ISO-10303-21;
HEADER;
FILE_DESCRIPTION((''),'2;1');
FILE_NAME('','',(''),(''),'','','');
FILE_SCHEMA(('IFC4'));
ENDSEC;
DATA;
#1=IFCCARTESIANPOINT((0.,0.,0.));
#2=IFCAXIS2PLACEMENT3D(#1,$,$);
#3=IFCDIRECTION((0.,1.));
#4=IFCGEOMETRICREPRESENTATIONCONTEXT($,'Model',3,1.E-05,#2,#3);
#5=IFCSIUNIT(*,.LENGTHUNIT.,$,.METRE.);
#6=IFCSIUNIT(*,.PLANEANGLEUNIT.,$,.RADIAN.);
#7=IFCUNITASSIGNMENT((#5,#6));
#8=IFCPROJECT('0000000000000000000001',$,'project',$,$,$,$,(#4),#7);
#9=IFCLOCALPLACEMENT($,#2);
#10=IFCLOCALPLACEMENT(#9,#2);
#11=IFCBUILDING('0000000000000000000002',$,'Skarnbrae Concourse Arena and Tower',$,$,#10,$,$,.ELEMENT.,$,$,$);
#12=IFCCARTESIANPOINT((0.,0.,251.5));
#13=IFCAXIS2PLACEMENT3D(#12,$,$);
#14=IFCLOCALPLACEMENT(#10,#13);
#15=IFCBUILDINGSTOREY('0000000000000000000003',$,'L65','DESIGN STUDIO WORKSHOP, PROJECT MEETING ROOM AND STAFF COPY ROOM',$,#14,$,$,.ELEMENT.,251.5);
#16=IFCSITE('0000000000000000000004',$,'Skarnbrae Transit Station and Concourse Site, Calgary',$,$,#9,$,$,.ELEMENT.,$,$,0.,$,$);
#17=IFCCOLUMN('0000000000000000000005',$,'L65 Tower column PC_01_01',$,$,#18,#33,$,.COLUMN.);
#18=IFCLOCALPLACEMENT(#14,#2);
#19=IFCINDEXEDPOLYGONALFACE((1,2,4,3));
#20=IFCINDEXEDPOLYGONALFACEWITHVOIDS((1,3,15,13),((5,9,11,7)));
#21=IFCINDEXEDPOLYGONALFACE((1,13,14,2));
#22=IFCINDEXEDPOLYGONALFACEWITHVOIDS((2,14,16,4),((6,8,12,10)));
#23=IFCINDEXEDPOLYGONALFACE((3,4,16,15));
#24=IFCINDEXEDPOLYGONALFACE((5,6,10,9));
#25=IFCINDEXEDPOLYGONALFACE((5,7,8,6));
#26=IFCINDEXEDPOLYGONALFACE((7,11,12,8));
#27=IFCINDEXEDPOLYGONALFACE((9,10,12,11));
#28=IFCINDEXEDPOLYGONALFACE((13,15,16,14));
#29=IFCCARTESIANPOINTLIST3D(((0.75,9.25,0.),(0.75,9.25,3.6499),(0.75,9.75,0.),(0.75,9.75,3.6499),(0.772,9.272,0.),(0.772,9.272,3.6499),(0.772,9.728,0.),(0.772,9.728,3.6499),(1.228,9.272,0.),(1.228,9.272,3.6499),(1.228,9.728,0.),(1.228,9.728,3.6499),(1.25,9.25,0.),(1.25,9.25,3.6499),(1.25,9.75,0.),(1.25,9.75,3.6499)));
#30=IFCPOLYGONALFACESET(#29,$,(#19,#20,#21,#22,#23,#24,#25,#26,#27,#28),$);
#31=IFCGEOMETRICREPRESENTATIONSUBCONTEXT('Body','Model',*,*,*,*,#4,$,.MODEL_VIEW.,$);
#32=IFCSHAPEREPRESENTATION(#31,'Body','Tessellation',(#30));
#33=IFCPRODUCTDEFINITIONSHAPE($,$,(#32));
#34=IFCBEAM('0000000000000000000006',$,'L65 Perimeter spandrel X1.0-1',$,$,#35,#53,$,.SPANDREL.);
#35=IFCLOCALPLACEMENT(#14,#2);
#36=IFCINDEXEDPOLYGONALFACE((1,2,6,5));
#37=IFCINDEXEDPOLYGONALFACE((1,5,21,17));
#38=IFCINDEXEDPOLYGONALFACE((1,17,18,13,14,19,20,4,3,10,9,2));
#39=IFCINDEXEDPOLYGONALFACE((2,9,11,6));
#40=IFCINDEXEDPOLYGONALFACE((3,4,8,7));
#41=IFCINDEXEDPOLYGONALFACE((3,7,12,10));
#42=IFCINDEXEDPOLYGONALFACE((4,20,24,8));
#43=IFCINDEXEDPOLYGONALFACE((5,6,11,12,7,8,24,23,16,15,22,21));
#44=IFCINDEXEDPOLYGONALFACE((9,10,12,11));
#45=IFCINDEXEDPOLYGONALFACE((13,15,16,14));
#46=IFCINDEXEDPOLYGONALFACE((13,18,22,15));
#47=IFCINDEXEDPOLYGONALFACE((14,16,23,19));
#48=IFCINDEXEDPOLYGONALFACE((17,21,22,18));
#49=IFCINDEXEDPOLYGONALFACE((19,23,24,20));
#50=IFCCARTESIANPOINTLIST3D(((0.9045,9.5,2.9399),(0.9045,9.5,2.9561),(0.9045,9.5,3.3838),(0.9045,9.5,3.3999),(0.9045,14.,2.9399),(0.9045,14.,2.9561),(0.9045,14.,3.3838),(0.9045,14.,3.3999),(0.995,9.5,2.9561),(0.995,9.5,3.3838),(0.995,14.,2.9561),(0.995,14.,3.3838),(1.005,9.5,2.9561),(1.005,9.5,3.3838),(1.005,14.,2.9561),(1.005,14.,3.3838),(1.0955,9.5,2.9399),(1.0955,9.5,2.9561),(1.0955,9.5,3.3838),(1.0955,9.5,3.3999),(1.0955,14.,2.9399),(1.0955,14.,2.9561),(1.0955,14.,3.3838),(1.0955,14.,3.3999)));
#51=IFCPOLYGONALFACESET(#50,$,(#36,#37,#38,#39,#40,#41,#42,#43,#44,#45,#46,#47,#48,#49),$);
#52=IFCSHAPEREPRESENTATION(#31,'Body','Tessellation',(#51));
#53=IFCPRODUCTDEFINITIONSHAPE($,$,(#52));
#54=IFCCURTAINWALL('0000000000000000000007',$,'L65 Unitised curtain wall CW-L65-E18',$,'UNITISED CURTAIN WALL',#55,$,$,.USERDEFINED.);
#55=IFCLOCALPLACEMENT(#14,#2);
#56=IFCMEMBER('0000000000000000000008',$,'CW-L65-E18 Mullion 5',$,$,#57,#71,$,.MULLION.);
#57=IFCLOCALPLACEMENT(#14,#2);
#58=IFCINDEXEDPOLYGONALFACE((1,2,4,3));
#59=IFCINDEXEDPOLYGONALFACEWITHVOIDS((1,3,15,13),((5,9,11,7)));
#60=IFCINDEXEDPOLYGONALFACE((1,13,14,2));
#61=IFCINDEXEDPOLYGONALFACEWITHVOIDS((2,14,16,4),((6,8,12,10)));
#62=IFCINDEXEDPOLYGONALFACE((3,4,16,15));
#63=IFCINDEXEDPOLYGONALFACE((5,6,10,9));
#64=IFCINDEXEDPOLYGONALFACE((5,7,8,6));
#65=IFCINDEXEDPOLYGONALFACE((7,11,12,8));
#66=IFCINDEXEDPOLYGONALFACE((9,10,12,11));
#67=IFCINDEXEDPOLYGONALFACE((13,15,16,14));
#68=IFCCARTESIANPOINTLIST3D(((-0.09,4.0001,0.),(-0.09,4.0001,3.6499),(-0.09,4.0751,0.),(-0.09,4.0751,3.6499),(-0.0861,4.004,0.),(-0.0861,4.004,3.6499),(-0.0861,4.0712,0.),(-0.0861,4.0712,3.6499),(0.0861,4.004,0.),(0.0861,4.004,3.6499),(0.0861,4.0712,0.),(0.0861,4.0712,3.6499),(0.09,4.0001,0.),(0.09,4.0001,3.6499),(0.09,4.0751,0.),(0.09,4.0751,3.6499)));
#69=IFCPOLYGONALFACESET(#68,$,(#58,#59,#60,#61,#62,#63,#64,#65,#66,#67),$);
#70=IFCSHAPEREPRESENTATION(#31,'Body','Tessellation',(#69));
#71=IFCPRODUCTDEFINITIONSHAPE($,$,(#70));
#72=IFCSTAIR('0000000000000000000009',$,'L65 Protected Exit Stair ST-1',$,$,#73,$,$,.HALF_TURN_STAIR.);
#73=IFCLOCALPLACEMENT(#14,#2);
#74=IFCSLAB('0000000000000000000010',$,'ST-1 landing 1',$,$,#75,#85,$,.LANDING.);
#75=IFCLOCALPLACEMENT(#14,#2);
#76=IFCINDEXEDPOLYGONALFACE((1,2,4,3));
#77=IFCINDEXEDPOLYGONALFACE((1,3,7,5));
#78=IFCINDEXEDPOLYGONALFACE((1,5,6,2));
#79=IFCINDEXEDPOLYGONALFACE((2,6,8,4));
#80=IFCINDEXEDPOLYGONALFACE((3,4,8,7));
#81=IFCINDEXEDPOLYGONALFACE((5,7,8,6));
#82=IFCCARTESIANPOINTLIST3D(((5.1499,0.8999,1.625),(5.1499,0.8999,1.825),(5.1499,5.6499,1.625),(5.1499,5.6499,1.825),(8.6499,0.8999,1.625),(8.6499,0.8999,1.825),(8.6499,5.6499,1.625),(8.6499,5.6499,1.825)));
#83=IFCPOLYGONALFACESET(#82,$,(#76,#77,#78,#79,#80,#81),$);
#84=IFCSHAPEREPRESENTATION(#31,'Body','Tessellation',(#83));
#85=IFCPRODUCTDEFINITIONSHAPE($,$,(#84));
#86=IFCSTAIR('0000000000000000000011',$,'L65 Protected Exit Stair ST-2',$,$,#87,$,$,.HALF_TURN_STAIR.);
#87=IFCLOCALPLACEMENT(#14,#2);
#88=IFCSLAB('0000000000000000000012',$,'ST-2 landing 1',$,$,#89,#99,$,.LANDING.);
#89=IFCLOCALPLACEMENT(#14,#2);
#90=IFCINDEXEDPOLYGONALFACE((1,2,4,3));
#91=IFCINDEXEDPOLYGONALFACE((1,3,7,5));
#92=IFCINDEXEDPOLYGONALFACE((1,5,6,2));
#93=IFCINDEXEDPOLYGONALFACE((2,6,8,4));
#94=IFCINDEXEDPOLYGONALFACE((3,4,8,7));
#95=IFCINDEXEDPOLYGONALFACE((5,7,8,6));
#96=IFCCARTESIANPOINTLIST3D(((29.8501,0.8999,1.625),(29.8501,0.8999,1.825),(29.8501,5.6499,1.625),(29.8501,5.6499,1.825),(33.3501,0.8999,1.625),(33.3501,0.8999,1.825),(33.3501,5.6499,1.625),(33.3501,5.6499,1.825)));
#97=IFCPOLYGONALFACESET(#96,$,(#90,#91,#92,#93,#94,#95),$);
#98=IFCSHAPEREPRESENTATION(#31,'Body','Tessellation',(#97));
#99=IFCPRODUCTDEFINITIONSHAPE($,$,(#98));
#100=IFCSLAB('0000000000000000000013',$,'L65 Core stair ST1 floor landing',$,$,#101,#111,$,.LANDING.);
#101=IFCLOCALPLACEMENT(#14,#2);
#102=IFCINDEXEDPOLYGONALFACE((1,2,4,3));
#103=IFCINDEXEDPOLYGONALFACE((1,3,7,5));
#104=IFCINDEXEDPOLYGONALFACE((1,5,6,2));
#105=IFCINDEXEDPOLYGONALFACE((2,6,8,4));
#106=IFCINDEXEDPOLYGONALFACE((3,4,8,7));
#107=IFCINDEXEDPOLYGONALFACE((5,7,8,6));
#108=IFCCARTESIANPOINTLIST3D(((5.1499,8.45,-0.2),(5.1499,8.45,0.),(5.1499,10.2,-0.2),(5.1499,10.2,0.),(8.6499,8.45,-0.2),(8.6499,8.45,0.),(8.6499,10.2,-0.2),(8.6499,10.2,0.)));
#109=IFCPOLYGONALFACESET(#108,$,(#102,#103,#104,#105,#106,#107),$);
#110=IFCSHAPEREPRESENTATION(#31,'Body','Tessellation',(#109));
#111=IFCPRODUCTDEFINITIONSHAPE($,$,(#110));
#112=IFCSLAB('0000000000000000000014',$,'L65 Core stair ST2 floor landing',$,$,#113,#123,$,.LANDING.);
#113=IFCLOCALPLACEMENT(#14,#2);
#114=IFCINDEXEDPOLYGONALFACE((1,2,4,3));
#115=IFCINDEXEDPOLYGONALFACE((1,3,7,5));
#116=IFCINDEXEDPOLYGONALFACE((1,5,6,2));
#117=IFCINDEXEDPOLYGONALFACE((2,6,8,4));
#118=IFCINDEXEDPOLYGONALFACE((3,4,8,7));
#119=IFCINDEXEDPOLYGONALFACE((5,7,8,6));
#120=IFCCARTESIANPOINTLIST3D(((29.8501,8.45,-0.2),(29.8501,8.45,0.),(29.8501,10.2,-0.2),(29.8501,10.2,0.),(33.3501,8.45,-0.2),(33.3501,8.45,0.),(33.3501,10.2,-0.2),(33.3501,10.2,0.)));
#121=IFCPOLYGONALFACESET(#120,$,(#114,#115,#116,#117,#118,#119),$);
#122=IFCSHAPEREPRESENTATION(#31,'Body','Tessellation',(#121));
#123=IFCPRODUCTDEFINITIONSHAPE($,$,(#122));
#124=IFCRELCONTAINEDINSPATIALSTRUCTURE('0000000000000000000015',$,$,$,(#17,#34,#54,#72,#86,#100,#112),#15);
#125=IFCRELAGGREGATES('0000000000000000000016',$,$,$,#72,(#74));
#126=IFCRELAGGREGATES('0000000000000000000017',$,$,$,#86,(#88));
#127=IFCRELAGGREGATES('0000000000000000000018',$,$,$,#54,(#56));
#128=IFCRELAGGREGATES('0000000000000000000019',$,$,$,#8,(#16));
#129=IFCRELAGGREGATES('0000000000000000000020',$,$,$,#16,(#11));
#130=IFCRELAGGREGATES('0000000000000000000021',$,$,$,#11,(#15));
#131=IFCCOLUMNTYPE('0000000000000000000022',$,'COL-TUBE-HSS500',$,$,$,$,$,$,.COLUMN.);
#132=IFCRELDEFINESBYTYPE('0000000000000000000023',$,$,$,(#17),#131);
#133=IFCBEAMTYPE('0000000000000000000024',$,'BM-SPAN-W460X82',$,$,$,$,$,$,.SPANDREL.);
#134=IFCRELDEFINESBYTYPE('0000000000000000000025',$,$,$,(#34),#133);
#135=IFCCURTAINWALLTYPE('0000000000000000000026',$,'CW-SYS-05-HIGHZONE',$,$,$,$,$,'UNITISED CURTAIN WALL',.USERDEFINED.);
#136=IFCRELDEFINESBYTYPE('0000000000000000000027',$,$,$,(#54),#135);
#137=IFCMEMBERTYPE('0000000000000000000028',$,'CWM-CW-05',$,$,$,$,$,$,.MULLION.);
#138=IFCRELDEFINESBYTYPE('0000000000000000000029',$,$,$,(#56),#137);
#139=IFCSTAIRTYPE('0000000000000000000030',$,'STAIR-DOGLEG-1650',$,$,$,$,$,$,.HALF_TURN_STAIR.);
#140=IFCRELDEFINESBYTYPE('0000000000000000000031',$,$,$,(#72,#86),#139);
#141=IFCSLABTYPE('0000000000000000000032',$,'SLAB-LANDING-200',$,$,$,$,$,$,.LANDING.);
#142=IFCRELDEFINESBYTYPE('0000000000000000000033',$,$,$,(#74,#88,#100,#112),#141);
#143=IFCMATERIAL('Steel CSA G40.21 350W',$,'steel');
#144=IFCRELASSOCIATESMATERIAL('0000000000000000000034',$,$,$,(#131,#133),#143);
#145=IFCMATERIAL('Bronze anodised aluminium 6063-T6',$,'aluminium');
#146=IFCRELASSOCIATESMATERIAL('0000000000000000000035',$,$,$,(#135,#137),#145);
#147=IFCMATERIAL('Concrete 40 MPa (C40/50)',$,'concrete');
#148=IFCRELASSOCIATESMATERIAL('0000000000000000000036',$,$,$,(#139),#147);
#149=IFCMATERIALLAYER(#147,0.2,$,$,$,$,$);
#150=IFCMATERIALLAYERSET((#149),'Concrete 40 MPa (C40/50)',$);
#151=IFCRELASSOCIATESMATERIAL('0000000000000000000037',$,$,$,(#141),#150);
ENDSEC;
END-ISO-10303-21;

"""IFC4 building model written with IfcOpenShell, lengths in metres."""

from ifc_helpers import new_model, si_unit, direction, frame, origin, origin_2d, place, context, subcontext, project, spatial, polyline, hollow_rectangle, i_section, outline, extrude, source, transform, mapped, material, layer, layer_set, material_profile, profile_set, type_object, element, aggregate, save


model = new_model("IFC4")

# Units and contexts
model_context = context("Model", 3, precision=1e-05, world=origin(), true_north=direction((0.0, 1.0)))
body_context = subcontext(model_context, "Body", "Model", "MODEL_VIEW")
ifc_project = project(units=[si_unit("LENGTHUNIT", "METRE"), si_unit("PLANEANGLEUNIT", "RADIAN")], contexts=[model_context])

# Site, building, storey
site_placement = place(None, origin())
site = spatial("IfcSite", under=ifc_project, at=site_placement, Name="Skarnbrae Transit Station and Concourse Site, Calgary", CompositionType="ELEMENT", RefElevation=0.0)
building_placement = place(site_placement, origin())
building = spatial("IfcBuilding", under=site, at=building_placement, Name="Skarnbrae Concourse Arena and Tower", CompositionType="ELEMENT")
storey_placement = place(building_placement, frame((0.0, 0.0, 251.5)))
storey = spatial("IfcBuildingStorey", under=building, at=storey_placement, Name="L65", Description="DESIGN STUDIO WORKSHOP, PROJECT MEETING ROOM AND STAFF COPY ROOM", CompositionType="ELEMENT", Elevation=251.5)

# Column
ifc_material_1 = material(Name="Steel CSA G40.21 350W", Category="steel")
ifc_material_profile_1 = material_profile(ifc_material_1, hollow_rectangle(XDim=0.5, YDim=0.5, WallThickness=0.022, at=origin_2d()), Name="HSS500X500X22.0")
ifc_profile_set_1 = profile_set([ifc_material_profile_1], Name="Steel CSA G40.21 350W")
column_type = type_object("IfcColumnType", Name="COL-TUBE-HSS500", PredefinedType="COLUMN", material=ifc_profile_set_1)
shared_shape_1 = source(origin(), body_context, "Body", "SweptSolid", [
    extrude(hollow_rectangle(XDim=0.5, YDim=0.5, WallThickness=0.022, at=origin_2d()), origin(), (0.0, 0.0, 1.0), 3.6499),
])
column_placement = place(storey_placement, frame((1.0, 9.5, 0.0), z_axis=(0.0, 0.0, 1.0), x_axis=(1.0, 0.0, 0.0)))
element("IfcColumn", 1, at=column_placement, inside=storey, type_object=column_type, Name="L65 Tower column PC_01_01", PredefinedType="COLUMN", context=body_context, shape_type="MappedRepresentation", body=[
    mapped(shared_shape_1, transform((0.0, 0.0, 0.0))),
])

# Beam
ifc_material_profile_2 = material_profile(ifc_material_1, i_section(OverallWidth=0.1909, OverallDepth=0.46, WebThickness=0.01, FlangeThickness=0.0161, at=origin_2d()), Name="W460X82")
ifc_profile_set_2 = profile_set([ifc_material_profile_2], Name="Steel CSA G40.21 350W")
beam_type = type_object("IfcBeamType", Name="BM-SPAN-W460X82", PredefinedType="SPANDREL", material=ifc_profile_set_2)
shared_shape_2 = source(origin(), body_context, "Body", "SweptSolid", [
    extrude(i_section(OverallWidth=0.1909, OverallDepth=0.46, WebThickness=0.01, FlangeThickness=0.0161, at=origin_2d()), origin(), (0.0, 0.0, 1.0), 4.5),
])
beam_placement = place(storey_placement, frame((1.0, 9.5, 3.1699), z_axis=(0.0, 1.0, 0.0), x_axis=(-1.0, 0.0, 0.0)))
element("IfcBeam", 2, at=beam_placement, inside=storey, type_object=beam_type, Name="L65 Perimeter spandrel X1.0-1", PredefinedType="SPANDREL", context=body_context, shape_type="MappedRepresentation", body=[
    mapped(shared_shape_2, transform((0.0, 0.0, 0.0))),
])

# Curtain wall, member
ifc_material_2 = material(Name="Bronze anodised aluminium 6063-T6", Category="aluminium")
curtain_wall_type = type_object("IfcCurtainWallType", Name="CW-SYS-05-HIGHZONE", ElementType="UNITISED CURTAIN WALL", PredefinedType="USERDEFINED", material=ifc_material_2)
curtain_wall_placement = place(storey_placement, origin())
curtain_wall = element("IfcCurtainWall", 3, at=curtain_wall_placement, inside=storey, type_object=curtain_wall_type, Name="L65 Unitised curtain wall CW-L65-E18", ObjectType="UNITISED CURTAIN WALL", PredefinedType="USERDEFINED")
ifc_material_profile_3 = material_profile(ifc_material_2, hollow_rectangle(XDim=0.075, YDim=0.1799, WallThickness=0.0039, at=origin_2d()), Name="ALU-MULL-75X180")
ifc_profile_set_3 = profile_set([ifc_material_profile_3], Name="Bronze anodised aluminium 6063-T6")
member_type = type_object("IfcMemberType", Name="CWM-CW-05", PredefinedType="MULLION", material=ifc_profile_set_3)
shared_shape_3 = source(origin(), body_context, "Body", "SweptSolid", [
    extrude(hollow_rectangle(XDim=0.075, YDim=0.1799, WallThickness=0.0039, at=origin_2d()), origin(), (0.0, 0.0, 1.0), 3.6499),
])
member_placement = place(storey_placement, frame((0.0, 4.0376, 0.0), z_axis=(0.0, 0.0, 1.0), x_axis=(0.0, -1.0, 0.0)))
member = element("IfcMember", 4, at=member_placement, type_object=member_type, Name="CW-L65-E18 Mullion 5", PredefinedType="MULLION", context=body_context, shape_type="MappedRepresentation", body=[
    mapped(shared_shape_3, transform((0.0, 0.0, 0.0))),
])

# Stairs, slabs
ifc_material_3 = material(Name="Concrete 40 MPa (C40/50)", Category="concrete")
stair_type = type_object("IfcStairType", Name="STAIR-DOGLEG-1650", PredefinedType="HALF_TURN_STAIR", material=ifc_material_3)
stair_1_placement = place(storey_placement, origin())
stair_1 = element("IfcStair", 5, at=stair_1_placement, inside=storey, type_object=stair_type, Name="L65 Protected Exit Stair ST-1", PredefinedType="HALF_TURN_STAIR")
ifc_layer_1 = layer(ifc_material_3, 0.2)
ifc_layer_set_1 = layer_set([ifc_layer_1], Name="Concrete 40 MPa (C40/50)")
slab_type_1 = type_object("IfcSlabType", Name="SLAB-LANDING-200", PredefinedType="LANDING", material=ifc_layer_set_1)
slab_1_placement = place(storey_placement, frame((0.0, 0.0, 1.625)))
slab_1 = element("IfcSlab", 6, at=slab_1_placement, type_object=slab_type_1, Name="ST-1 landing 1", PredefinedType="LANDING", context=body_context, shape_type="SweptSolid", body=[
    extrude(outline(polyline([(5.1499, 5.6499), (5.1499, 0.8999), (8.6499, 0.8999), (8.6499, 5.6499), (5.1499, 5.6499)])), origin(), (0.0, 0.0, 1.0), 0.2),
])
aggregate(stair_1, [slab_1])
stair_2_placement = place(storey_placement, origin())
stair_2 = element("IfcStair", 7, at=stair_2_placement, inside=storey, type_object=stair_type, Name="L65 Protected Exit Stair ST-2", PredefinedType="HALF_TURN_STAIR")
slab_2_placement = place(storey_placement, frame((0.0, 0.0, 1.625)))
slab_2 = element("IfcSlab", 8, at=slab_2_placement, type_object=slab_type_1, Name="ST-2 landing 1", PredefinedType="LANDING", context=body_context, shape_type="SweptSolid", body=[
    extrude(outline(polyline([(29.8501, 5.6499), (29.8501, 0.8999), (33.3501, 0.8999), (33.3501, 5.6499), (29.8501, 5.6499)])), origin(), (0.0, 0.0, 1.0), 0.2),
])
aggregate(stair_2, [slab_2])

# Slabs
slab_3_placement = place(storey_placement, frame((0.0, 0.0, -0.2)))
element("IfcSlab", 9, at=slab_3_placement, inside=storey, type_object=slab_type_1, Name="L65 Core stair ST1 floor landing", PredefinedType="LANDING", context=body_context, shape_type="SweptSolid", body=[
    extrude(outline(polyline([(5.1499, 10.2), (5.1499, 8.45), (8.6499, 8.45), (8.6499, 10.2), (5.1499, 10.2)])), origin(), (0.0, 0.0, 1.0), 0.2),
])
slab_4_placement = place(storey_placement, frame((0.0, 0.0, -0.2)))
element("IfcSlab", 10, at=slab_4_placement, inside=storey, type_object=slab_type_1, Name="L65 Core stair ST2 floor landing", PredefinedType="LANDING", context=body_context, shape_type="SweptSolid", body=[
    extrude(outline(polyline([(29.8501, 10.2), (29.8501, 8.45), (33.3501, 8.45), (33.3501, 10.2), (29.8501, 10.2)])), origin(), (0.0, 0.0, 1.0), 0.2),
])

aggregate(curtain_wall, [member])

save(model, "model.ifc")
